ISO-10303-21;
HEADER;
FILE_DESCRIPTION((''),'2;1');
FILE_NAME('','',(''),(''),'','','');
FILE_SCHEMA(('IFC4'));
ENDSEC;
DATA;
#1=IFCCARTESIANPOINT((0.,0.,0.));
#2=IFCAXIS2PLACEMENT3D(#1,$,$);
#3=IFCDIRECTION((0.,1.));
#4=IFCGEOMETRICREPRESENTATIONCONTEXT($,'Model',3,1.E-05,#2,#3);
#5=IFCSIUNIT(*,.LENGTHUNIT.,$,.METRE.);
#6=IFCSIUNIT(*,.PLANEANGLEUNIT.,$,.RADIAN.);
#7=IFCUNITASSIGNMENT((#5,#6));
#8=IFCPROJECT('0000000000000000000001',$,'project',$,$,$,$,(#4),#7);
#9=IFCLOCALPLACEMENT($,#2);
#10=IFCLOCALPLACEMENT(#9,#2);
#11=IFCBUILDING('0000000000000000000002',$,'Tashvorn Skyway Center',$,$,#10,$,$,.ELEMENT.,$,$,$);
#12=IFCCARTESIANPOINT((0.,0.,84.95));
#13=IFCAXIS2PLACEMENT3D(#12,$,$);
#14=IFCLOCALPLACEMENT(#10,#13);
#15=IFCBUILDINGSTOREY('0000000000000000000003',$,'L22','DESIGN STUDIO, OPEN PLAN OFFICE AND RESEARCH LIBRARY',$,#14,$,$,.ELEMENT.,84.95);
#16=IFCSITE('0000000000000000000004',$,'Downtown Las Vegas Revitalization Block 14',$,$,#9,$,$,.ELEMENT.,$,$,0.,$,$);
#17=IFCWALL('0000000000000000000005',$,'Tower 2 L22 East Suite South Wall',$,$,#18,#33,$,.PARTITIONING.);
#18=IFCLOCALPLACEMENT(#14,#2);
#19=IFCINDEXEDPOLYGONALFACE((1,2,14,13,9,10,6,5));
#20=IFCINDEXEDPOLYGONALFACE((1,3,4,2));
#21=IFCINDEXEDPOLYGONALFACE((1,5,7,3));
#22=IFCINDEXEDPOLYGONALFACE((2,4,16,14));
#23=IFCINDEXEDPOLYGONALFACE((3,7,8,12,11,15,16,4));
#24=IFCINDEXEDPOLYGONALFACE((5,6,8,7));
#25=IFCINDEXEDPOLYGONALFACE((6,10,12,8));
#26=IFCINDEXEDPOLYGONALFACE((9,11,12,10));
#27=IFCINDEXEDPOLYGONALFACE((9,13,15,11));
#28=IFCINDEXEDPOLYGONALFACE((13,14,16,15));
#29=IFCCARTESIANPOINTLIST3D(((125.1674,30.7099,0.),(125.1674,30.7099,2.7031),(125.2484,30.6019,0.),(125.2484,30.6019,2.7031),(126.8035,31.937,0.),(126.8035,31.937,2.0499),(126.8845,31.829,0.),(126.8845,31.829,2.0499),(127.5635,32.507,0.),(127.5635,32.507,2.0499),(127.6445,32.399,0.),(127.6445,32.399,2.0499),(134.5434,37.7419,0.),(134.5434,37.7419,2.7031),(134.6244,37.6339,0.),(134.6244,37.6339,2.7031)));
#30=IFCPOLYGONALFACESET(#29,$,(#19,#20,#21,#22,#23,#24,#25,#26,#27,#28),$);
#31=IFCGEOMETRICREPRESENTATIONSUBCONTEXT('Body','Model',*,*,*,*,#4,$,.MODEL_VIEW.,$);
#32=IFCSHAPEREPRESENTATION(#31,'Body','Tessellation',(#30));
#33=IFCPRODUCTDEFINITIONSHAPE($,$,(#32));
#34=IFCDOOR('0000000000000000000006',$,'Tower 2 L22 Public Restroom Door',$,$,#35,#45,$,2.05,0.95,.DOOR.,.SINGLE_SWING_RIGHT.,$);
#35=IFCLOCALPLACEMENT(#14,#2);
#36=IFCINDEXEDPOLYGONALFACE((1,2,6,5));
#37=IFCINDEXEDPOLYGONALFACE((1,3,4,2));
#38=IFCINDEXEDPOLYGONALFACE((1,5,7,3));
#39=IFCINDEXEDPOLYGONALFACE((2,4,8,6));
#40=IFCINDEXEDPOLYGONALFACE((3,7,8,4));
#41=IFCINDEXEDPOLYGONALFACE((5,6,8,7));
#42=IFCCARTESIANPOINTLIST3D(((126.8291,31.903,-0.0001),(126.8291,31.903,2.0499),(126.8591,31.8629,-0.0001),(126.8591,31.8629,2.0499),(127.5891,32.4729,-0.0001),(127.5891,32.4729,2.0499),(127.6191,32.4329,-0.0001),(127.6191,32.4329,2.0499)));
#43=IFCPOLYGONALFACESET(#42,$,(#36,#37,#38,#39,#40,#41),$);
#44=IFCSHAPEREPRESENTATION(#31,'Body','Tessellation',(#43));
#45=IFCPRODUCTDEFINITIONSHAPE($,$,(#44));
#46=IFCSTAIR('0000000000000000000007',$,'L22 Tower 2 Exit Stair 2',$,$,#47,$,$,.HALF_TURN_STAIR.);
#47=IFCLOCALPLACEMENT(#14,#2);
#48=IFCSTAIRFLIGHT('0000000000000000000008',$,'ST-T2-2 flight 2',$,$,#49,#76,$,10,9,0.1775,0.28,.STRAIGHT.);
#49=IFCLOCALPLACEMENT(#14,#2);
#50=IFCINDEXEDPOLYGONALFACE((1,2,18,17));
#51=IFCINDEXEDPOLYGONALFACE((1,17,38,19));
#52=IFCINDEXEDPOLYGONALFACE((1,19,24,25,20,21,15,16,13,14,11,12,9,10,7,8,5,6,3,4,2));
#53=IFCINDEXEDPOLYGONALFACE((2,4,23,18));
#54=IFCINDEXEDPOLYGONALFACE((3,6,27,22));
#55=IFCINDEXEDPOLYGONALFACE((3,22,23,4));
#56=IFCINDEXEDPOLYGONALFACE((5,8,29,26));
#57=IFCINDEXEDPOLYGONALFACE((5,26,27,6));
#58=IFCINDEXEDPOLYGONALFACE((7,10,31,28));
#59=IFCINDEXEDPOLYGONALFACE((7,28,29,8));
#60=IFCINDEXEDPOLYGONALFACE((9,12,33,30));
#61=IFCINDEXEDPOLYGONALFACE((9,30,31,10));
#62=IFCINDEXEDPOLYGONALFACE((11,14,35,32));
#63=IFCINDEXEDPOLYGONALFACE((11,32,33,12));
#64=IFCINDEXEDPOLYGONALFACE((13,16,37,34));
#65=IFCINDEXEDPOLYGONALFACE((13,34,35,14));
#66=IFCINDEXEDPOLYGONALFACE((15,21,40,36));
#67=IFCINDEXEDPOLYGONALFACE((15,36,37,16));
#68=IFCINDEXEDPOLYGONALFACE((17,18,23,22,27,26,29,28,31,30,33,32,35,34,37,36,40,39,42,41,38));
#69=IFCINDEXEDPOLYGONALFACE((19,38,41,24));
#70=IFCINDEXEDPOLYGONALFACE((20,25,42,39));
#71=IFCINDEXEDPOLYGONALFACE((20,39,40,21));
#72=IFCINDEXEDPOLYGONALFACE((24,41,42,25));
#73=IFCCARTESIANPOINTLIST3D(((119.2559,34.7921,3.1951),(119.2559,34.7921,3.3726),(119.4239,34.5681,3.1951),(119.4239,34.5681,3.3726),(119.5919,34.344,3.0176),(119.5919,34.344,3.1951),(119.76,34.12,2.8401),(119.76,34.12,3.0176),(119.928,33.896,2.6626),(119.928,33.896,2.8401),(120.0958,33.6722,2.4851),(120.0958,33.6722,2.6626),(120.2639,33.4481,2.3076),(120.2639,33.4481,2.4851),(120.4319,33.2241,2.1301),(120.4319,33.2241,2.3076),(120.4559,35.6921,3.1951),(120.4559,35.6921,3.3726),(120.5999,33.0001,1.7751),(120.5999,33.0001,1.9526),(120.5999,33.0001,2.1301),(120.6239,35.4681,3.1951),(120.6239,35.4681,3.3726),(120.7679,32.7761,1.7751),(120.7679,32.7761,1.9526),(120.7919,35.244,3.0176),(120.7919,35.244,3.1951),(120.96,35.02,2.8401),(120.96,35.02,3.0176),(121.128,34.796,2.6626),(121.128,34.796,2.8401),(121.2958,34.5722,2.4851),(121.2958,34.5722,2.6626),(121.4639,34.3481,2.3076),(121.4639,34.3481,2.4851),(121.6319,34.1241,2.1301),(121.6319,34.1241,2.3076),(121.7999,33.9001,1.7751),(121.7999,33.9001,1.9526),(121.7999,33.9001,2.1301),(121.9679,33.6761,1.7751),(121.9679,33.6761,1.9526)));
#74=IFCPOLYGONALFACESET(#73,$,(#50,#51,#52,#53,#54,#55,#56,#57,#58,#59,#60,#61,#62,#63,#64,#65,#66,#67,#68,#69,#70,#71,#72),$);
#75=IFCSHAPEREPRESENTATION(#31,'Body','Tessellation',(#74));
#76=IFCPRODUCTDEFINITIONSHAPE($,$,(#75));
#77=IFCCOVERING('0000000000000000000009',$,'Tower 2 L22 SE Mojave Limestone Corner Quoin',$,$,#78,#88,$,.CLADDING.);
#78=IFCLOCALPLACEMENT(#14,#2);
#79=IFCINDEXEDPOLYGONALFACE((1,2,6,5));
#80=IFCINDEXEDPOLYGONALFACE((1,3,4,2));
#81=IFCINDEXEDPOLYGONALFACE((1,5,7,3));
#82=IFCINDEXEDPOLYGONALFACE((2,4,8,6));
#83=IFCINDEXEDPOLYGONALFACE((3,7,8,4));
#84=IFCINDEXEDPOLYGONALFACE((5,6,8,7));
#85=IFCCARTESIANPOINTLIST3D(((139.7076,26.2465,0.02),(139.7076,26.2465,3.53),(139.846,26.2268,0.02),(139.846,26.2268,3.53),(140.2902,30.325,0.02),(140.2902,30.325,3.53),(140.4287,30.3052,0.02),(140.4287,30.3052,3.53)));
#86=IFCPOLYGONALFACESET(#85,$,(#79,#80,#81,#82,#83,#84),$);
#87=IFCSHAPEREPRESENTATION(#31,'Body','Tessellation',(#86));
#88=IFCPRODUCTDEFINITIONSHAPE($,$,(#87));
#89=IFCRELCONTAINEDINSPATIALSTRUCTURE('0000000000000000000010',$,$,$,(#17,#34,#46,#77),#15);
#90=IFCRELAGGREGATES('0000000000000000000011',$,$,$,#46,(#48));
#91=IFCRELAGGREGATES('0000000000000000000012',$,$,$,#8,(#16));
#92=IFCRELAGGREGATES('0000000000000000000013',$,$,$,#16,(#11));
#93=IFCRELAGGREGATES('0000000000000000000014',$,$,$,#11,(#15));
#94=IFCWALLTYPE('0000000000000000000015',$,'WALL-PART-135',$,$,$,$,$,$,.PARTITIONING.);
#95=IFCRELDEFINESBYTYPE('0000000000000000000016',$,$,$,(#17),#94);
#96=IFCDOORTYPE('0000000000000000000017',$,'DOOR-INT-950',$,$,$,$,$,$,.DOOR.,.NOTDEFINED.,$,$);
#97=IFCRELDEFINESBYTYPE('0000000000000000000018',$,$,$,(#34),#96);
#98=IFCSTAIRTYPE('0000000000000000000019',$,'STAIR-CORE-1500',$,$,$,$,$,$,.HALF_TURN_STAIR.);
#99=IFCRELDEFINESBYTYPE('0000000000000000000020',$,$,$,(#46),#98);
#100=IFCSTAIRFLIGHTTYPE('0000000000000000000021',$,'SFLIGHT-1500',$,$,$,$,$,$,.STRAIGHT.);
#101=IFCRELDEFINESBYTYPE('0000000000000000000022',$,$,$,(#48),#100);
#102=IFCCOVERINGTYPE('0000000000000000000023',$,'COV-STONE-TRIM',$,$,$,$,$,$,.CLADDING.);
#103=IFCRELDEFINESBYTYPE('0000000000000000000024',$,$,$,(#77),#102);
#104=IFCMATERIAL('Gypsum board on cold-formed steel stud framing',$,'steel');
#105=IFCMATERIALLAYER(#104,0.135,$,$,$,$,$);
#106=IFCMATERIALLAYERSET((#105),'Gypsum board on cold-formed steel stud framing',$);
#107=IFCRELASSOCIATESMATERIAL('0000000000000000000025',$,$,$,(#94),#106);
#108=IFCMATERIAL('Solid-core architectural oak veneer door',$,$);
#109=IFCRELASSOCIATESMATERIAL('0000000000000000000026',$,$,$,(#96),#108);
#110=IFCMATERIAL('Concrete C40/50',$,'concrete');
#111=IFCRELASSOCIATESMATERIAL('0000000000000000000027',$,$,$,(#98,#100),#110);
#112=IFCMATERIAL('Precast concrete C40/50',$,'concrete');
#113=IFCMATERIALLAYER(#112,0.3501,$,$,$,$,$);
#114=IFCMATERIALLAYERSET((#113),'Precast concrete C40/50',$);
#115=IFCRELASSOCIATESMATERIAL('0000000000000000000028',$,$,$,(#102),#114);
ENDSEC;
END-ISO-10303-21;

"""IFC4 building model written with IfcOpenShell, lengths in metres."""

from ifc_helpers import new_model, si_unit, direction, frame, frame_2d, origin, origin_2d, place, context, subcontext, project, spatial, polyline, rectangle, outline, extrude, material, layer, layer_set, type_object, element, fill, aggregate, save


model = new_model("IFC4")

# Units and contexts
model_context = context("Model", 3, precision=1e-05, world=origin(), true_north=direction((0.0, 1.0)))
body_context = subcontext(model_context, "Body", "Model", "MODEL_VIEW")
ifc_project = project(units=[si_unit("LENGTHUNIT", "METRE"), si_unit("PLANEANGLEUNIT", "RADIAN")], contexts=[model_context])

# Site, building, storey
site_placement = place(None, origin())
site = spatial("IfcSite", under=ifc_project, at=site_placement, Name="Downtown Las Vegas Revitalization Block 14", CompositionType="ELEMENT", RefElevation=0.0)
building_placement = place(site_placement, origin())
building = spatial("IfcBuilding", under=site, at=building_placement, Name="Tashvorn Skyway Center", CompositionType="ELEMENT")
storey_placement = place(building_placement, frame((0.0, 0.0, 84.95)))
storey = spatial("IfcBuildingStorey", under=building, at=storey_placement, Name="L22", Description="DESIGN STUDIO, OPEN PLAN OFFICE AND RESEARCH LIBRARY", CompositionType="ELEMENT", Elevation=84.95)

# Shared definitions
ifc_material_1 = material(Name="Precast concrete C40/50", Category="concrete")

# Shared definitions
ifc_material_2 = material(Name="Gypsum board on cold-formed steel stud framing", Category="steel")
ifc_layer_1 = layer(ifc_material_2, 0.135)
ifc_layer_set_1 = layer_set([ifc_layer_1], Name="Gypsum board on cold-formed steel stud framing")
wall_type_1 = type_object("IfcWallType", Name="WALL-PART-135", PredefinedType="PARTITIONING", material=ifc_layer_set_1)
ifc_material_3 = material(Name="Solid-core architectural oak veneer door")
door_type_1 = type_object("IfcDoorType", Name="DOOR-INT-950", OperationType="NOTDEFINED", PredefinedType="DOOR", material=ifc_material_3)

# Wall, opening, door
wall_1_placement = place(storey_placement, frame((125.208, 30.656, 0.0), z_axis=(0.0, 0.0, 1.0), x_axis=(0.8, 0.6, 0.0)))
wall_1 = element("IfcWall", 1, at=wall_1_placement, inside=storey, type_object=wall_type_1, Name="Tower 2 L22 East Suite South Wall", PredefinedType="PARTITIONING", context=body_context, shape_type="SweptSolid", body=[
    extrude(rectangle(XDim=11.72, YDim=0.135, at=frame_2d((5.8599, 0.0))), origin(), (0.0, 0.0, 1.0), 2.7031),
])
opening_1_placement = place(wall_1_placement, frame((2.0449, 0.0, 0.0)))
opening_1 = element("IfcOpeningElement", 2, at=opening_1_placement, cuts=wall_1, PredefinedType="OPENING", context=body_context, shape_type="SweptSolid", body=[
    extrude(rectangle(XDim=0.95, YDim=2.05, at=frame_2d((0.4751, 1.0249))), frame((0.0, 0.0774, 0.0), z_axis=(0.0, -1.0, 0.0), x_axis=(1.0, 0.0, 0.0)), (0.0, 0.0, 1.0), 0.155),
])
door_1_placement = place(opening_1_placement, origin())
door_1 = element("IfcDoor", 3, at=door_1_placement, inside=storey, type_object=door_type_1, Name="Tower 2 L22 Public Restroom Door", OperationType="SINGLE_SWING_RIGHT", OverallHeight=2.05, OverallWidth=0.95, PredefinedType="DOOR", context=body_context, shape_type="SweptSolid", body=[
    extrude(rectangle(XDim=0.95, YDim=2.05, at=frame_2d((0.4751, 1.0249))), frame((0.0, 0.0249, 0.0), z_axis=(0.0, -1.0, 0.0), x_axis=(1.0, 0.0, 0.0)), (0.0, 0.0, 1.0), 0.05),
])
fill(opening_1, door_1)

# Stair, stair flight
ifc_material_4 = material(Name="Concrete C40/50", Category="concrete")
stair_type = type_object("IfcStairType", Name="STAIR-CORE-1500", PredefinedType="HALF_TURN_STAIR", material=ifc_material_4)
stair_placement = place(storey_placement, origin())
stair = element("IfcStair", 4, at=stair_placement, inside=storey, type_object=stair_type, Name="L22 Tower 2 Exit Stair 2", PredefinedType="HALF_TURN_STAIR")
stair_flight_type = type_object("IfcStairFlightType", Name="SFLIGHT-1500", PredefinedType="STRAIGHT", material=ifc_material_4)
stair_flight_placement = place(storey_placement, frame((121.3679, 33.2261, 1.7751), z_axis=(0.0, 0.0, 1.0), x_axis=(-0.6, 0.8, 0.0)))
stair_flight = element("IfcStairFlight", 5, at=stair_flight_placement, type_object=stair_flight_type, Name="ST-T2-2 flight 2", NumberOfRisers=10, NumberOfTreads=9, PredefinedType="STRAIGHT", RiserHeight=0.1775, TreadLength=0.28, context=body_context, shape_type="SweptSolid", body=[
    extrude(outline(polyline([(0.0, 0.0), (0.0, 0.1775), (0.28, 0.1775), (0.28, 0.355), (0.5601, 0.355), (0.5601, 0.5325), (0.8401, 0.5325), (0.8401, 0.71), (1.1201, 0.71), (1.1201, 0.8875), (1.3999, 0.8875), (1.3999, 1.0649), (1.6799, 1.0649), (1.6799, 1.2424), (1.96, 1.2424), (1.96, 1.4199), (2.24, 1.4199), (2.24, 1.5974), (2.52, 1.5974), (2.52, 1.7749), (2.52, 1.4199), (0.28, 0.0), (0.0, 0.0)])), frame((0.0, 0.75, 0.0), z_axis=(0.0, -1.0, 0.0), x_axis=(1.0, 0.0, 0.0)), (0.0, 0.0, 1.0), 1.5),
])
aggregate(stair, [stair_flight])

# Covering
ifc_layer_2 = layer(ifc_material_1, 0.3501)
ifc_layer_set_2 = layer_set([ifc_layer_2], Name="Precast concrete C40/50")
covering_type = type_object("IfcCoveringType", Name="COV-STONE-TRIM", PredefinedType="CLADDING", material=ifc_layer_set_2)
covering_placement = place(storey_placement, frame((140.0681, 28.2759, 0.02), z_axis=(0.0, 0.0, 1.0), x_axis=(0.141421, 0.989949, 0.0)))
element("IfcCovering", 6, at=covering_placement, inside=storey, type_object=covering_type, Name="Tower 2 L22 SE Mojave Limestone Corner Quoin", PredefinedType="CLADDING", context=body_context, shape_type="SweptSolid", body=[
    extrude(rectangle(XDim=4.1199, YDim=0.1399, at=origin_2d()), origin(), (0.0, 0.0, 1.0), 3.51),
])

save(model, "model.ifc")
